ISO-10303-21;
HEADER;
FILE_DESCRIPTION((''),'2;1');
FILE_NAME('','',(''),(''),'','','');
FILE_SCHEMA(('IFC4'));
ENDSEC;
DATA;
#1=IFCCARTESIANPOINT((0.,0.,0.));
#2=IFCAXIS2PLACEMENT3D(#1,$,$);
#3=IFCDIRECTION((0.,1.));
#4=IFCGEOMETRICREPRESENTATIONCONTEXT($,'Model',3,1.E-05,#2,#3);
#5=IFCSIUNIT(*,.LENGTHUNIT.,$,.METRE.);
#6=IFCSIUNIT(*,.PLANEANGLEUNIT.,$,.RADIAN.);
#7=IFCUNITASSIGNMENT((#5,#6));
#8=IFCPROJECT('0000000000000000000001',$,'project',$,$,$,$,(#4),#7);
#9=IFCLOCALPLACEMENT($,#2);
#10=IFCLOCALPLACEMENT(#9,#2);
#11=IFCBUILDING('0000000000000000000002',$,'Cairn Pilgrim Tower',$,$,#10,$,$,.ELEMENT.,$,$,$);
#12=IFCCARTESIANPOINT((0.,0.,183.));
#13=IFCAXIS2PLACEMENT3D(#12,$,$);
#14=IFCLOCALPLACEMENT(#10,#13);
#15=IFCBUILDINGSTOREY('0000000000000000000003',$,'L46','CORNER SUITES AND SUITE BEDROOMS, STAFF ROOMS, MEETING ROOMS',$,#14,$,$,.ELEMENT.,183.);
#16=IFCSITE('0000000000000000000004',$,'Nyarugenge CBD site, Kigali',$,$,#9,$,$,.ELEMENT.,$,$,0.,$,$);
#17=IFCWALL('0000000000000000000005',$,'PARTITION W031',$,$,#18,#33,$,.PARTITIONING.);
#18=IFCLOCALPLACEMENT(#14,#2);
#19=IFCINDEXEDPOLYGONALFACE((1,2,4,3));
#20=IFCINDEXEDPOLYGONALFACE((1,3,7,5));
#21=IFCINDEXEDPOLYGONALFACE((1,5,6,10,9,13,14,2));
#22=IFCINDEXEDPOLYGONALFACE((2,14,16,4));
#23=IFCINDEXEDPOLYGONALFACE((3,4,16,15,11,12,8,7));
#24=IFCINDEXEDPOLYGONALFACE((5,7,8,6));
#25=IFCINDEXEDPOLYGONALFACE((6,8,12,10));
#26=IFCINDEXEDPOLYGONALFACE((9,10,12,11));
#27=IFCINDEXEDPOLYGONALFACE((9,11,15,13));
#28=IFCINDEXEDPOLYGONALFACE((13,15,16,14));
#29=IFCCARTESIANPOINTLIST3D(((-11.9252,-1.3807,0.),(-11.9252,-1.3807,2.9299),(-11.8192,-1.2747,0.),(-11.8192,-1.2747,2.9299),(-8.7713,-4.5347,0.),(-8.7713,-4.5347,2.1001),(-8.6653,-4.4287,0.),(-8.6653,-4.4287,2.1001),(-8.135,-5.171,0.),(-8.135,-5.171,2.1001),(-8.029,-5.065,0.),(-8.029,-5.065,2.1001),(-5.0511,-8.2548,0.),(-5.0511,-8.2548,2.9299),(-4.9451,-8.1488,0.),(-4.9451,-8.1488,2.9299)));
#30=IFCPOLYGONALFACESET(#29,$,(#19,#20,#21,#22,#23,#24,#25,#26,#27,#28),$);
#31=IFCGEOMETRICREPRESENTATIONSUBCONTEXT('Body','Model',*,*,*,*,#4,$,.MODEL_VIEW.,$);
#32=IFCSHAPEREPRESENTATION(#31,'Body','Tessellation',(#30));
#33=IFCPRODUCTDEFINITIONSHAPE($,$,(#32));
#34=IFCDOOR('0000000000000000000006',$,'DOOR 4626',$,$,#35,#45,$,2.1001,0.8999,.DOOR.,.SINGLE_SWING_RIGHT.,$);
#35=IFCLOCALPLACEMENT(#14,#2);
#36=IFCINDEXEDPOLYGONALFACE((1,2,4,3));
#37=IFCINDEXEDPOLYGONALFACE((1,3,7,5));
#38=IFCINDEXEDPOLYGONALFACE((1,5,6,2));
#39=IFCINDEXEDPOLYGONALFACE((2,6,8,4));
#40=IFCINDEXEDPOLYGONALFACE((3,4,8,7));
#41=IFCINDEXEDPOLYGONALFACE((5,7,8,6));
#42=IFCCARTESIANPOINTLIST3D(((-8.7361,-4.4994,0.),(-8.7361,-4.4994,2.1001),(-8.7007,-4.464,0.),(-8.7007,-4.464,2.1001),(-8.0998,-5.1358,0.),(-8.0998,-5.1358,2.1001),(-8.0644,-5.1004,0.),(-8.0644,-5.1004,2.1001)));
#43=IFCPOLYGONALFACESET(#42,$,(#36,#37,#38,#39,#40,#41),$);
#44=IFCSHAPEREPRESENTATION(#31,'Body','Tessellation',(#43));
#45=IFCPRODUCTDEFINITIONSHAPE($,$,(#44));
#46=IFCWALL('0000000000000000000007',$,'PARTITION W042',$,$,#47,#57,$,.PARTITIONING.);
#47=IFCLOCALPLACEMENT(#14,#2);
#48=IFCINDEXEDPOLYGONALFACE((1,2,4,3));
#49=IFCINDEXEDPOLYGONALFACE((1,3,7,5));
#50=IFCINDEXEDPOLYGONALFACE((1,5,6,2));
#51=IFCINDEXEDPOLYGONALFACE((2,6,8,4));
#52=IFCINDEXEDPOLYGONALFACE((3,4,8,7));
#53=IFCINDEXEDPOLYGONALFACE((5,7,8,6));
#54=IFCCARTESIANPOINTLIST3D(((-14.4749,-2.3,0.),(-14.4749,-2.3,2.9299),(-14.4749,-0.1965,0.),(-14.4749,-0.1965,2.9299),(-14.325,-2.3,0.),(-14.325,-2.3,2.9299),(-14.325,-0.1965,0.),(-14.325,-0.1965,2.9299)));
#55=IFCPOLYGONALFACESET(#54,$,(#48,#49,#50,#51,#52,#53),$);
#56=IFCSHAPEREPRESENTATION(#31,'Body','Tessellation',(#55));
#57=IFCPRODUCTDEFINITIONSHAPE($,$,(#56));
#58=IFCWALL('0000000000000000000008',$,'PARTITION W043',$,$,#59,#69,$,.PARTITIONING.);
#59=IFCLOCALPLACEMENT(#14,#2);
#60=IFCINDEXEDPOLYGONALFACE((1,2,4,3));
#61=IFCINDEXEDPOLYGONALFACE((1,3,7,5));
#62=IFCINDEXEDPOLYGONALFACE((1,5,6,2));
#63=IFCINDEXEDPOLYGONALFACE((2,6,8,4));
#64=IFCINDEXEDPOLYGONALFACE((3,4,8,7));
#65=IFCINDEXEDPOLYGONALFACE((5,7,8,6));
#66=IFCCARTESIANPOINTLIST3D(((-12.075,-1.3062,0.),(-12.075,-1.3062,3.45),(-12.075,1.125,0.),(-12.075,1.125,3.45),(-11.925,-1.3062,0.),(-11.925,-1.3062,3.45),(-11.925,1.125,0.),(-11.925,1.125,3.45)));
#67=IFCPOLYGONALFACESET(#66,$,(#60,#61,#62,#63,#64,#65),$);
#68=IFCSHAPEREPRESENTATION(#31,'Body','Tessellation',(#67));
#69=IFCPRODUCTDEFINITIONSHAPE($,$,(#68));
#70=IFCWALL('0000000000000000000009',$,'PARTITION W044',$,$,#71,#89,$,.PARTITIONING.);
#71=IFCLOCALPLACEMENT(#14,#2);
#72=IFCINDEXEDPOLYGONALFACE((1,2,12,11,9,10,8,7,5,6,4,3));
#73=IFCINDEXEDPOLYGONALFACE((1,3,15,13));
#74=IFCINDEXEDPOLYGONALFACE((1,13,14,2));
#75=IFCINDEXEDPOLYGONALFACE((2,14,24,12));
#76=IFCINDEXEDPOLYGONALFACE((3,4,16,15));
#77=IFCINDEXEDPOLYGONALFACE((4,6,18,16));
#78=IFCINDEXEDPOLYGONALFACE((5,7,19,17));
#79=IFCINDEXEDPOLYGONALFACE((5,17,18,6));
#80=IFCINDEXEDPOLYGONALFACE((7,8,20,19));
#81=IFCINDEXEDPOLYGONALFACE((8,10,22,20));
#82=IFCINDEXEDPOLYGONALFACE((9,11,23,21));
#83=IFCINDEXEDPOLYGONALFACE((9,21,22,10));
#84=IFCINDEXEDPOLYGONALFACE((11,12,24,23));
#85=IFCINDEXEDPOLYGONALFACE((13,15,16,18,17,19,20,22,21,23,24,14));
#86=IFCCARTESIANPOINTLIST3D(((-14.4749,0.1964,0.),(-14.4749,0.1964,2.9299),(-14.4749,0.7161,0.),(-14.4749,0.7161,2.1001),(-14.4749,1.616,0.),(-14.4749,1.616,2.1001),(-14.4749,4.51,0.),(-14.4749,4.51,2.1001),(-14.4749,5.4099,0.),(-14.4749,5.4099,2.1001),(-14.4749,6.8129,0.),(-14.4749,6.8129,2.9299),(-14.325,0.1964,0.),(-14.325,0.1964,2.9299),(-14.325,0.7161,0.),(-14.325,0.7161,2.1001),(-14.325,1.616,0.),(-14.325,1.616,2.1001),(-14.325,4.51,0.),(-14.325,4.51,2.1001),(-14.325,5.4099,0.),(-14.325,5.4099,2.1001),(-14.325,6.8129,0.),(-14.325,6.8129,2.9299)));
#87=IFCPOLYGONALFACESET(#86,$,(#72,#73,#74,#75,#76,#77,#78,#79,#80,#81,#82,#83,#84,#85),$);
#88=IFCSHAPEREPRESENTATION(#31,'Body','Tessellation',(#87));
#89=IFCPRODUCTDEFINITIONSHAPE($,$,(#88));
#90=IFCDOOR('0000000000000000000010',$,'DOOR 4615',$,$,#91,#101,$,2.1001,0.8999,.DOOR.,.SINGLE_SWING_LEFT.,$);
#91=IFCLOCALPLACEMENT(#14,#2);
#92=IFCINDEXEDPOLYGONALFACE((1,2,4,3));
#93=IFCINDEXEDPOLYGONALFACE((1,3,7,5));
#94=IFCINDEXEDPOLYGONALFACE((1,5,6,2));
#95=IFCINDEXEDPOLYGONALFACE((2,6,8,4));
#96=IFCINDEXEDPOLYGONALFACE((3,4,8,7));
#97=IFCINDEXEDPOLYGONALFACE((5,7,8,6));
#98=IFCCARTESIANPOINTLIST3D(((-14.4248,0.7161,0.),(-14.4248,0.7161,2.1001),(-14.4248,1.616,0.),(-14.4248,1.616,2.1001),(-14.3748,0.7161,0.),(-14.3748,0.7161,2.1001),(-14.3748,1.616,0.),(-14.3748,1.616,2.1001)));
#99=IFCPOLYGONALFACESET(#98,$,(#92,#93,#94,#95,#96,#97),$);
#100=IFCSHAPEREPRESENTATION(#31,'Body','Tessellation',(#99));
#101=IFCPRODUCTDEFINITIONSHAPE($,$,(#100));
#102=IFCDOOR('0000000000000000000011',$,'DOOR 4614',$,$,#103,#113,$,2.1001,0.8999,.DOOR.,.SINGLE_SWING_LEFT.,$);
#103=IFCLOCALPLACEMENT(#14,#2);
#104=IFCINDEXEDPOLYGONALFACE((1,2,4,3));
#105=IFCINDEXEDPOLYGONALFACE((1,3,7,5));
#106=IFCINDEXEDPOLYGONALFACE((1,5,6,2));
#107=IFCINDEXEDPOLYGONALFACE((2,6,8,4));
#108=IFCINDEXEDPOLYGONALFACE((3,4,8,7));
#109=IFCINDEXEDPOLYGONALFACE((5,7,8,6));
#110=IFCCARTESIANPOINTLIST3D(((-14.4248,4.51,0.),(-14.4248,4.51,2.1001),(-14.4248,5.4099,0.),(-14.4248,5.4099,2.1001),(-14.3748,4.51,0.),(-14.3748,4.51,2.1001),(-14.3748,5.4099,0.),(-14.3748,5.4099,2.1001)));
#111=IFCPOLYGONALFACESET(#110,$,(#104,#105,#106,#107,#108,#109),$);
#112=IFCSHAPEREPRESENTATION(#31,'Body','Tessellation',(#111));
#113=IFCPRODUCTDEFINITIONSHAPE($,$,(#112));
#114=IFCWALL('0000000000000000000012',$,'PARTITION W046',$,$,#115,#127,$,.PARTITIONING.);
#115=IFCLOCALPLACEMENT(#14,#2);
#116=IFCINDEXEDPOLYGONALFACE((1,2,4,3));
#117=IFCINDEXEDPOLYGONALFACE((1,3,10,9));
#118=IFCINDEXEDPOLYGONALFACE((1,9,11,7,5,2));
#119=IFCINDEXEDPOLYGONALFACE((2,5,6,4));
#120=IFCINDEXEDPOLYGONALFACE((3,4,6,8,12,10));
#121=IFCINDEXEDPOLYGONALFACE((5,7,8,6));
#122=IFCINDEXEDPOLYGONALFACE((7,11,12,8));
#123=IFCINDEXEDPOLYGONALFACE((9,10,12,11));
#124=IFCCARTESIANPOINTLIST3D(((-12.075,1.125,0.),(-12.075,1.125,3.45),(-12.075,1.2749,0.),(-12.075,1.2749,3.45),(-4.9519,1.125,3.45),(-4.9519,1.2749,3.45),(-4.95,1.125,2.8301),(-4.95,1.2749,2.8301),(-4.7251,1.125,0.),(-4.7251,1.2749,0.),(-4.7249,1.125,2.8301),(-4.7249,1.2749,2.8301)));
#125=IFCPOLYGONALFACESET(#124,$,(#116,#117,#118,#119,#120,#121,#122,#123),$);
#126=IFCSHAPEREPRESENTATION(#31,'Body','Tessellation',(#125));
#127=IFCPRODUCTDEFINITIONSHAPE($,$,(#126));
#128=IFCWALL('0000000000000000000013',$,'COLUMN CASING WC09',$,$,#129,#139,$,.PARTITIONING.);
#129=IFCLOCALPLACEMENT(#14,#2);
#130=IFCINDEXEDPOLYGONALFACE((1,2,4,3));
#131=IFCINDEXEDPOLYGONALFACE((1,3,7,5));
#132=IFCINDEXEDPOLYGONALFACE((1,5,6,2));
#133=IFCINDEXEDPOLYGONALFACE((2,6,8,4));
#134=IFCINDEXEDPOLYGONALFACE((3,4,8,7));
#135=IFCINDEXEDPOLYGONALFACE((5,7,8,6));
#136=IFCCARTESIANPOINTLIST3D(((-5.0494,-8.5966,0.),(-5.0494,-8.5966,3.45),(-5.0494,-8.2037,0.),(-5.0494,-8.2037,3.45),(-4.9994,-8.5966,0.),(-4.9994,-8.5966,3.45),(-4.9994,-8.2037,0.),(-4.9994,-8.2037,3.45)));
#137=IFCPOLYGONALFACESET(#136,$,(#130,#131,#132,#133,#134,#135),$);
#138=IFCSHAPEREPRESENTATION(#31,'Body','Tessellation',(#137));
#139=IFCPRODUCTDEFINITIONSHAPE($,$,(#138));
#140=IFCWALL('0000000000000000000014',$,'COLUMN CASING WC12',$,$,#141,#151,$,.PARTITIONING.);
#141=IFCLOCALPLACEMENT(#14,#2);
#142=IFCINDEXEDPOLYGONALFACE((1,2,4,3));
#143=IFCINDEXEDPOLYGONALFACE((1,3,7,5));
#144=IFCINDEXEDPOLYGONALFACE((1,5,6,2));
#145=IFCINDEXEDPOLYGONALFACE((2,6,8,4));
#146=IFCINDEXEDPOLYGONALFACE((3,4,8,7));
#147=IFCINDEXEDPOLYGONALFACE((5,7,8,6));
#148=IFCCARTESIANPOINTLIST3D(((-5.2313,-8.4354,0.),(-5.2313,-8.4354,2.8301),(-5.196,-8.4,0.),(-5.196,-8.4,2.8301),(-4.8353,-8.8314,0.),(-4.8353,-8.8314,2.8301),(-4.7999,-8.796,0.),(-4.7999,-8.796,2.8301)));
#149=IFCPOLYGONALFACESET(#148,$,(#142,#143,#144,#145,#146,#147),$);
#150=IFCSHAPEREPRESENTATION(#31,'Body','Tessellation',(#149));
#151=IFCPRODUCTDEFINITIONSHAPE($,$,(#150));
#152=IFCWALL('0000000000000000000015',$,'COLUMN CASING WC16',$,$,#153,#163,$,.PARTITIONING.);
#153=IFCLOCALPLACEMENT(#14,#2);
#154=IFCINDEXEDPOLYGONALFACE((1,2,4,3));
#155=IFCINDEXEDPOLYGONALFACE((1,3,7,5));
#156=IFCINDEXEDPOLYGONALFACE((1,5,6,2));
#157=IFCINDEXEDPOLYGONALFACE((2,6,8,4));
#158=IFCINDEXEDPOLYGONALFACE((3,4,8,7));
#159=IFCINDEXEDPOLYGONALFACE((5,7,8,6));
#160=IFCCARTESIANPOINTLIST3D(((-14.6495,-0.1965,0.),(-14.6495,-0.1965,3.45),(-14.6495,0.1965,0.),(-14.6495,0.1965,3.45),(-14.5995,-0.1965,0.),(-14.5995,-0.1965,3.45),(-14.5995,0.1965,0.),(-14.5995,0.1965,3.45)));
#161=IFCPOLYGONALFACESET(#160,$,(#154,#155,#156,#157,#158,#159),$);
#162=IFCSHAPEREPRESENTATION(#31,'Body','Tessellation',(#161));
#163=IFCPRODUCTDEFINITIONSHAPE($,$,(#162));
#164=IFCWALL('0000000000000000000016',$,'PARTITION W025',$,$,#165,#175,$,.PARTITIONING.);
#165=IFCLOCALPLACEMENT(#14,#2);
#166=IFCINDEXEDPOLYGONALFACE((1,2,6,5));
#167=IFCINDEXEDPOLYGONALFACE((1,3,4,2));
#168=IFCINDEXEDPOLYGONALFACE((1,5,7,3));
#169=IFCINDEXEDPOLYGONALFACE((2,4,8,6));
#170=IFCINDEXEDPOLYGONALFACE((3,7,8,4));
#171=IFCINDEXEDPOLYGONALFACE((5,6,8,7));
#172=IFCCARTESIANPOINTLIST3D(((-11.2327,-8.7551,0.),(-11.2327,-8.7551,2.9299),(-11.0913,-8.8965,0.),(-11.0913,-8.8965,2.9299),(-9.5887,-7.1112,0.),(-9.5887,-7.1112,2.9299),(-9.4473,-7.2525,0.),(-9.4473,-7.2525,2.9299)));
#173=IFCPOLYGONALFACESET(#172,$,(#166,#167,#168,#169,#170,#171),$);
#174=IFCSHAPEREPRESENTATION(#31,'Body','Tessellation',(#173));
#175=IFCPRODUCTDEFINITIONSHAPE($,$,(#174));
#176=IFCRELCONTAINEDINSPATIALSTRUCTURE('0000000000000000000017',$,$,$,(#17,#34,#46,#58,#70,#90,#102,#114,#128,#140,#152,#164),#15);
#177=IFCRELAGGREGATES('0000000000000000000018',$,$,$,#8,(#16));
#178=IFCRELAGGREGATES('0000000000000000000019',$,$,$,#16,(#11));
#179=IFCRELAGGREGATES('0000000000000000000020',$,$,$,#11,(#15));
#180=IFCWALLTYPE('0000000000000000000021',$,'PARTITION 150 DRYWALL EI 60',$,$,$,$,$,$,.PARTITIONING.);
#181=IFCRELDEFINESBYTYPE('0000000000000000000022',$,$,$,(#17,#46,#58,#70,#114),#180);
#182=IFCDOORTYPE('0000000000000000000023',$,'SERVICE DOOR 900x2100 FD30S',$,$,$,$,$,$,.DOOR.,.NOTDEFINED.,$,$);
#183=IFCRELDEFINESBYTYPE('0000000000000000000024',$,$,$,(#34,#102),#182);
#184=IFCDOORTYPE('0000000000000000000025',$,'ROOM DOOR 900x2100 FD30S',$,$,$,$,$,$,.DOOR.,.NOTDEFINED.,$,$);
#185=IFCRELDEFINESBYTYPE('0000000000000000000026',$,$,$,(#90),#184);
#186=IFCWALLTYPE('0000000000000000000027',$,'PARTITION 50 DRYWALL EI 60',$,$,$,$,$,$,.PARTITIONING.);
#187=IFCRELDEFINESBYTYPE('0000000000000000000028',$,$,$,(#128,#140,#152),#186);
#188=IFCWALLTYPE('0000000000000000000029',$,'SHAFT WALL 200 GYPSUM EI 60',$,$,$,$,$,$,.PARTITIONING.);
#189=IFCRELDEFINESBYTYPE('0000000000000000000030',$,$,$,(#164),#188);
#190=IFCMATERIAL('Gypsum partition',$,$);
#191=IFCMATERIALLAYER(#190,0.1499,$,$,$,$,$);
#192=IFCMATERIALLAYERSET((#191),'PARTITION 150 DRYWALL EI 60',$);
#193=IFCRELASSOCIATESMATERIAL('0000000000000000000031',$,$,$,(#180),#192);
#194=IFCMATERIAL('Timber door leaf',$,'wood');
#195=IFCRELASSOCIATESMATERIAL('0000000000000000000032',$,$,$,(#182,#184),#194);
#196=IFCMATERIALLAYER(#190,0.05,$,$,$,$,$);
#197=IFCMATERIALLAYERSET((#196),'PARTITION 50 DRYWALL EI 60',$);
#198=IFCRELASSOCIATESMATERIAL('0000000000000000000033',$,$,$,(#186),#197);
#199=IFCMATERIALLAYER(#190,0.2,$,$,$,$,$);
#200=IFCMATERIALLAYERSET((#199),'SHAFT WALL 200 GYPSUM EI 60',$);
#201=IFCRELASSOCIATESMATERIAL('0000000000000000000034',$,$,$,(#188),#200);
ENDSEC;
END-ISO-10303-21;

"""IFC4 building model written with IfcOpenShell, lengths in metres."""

from ifc_helpers import new_model, si_unit, direction, frame, frame_2d, origin, place, context, subcontext, project, spatial, polyline, rectangle, outline, extrude, material, layer, layer_set, type_object, element, fill, save


model = new_model("IFC4")

# Units and contexts
model_context = context("Model", 3, precision=1e-05, world=origin(), true_north=direction((0.0, 1.0)))
body_context = subcontext(model_context, "Body", "Model", "MODEL_VIEW")
ifc_project = project(units=[si_unit("LENGTHUNIT", "METRE"), si_unit("PLANEANGLEUNIT", "RADIAN")], contexts=[model_context])

# Site, building, storey
site_placement = place(None, origin())
site = spatial("IfcSite", under=ifc_project, at=site_placement, Name="Nyarugenge CBD site, Kigali", CompositionType="ELEMENT", RefElevation=0.0)
building_placement = place(site_placement, origin())
building = spatial("IfcBuilding", under=site, at=building_placement, Name="Cairn Pilgrim Tower", CompositionType="ELEMENT")
storey_placement = place(building_placement, frame((0.0, 0.0, 183.0)))
storey = spatial("IfcBuildingStorey", under=building, at=storey_placement, Name="L46", Description="CORNER SUITES AND SUITE BEDROOMS, STAFF ROOMS, MEETING ROOMS", CompositionType="ELEMENT", Elevation=183.0)

# Shared definitions
ifc_material_1 = material(Name="Gypsum partition")

# Wall, opening, door
ifc_material_2 = material(Name="Timber door leaf", Category="wood")
ifc_layer_1 = layer(ifc_material_1, 0.1499)
ifc_layer_set_1 = layer_set([ifc_layer_1], Name="PARTITION 150 DRYWALL EI 60")
wall_type_1 = type_object("IfcWallType", Name="PARTITION 150 DRYWALL EI 60", PredefinedType="PARTITIONING", material=ifc_layer_set_1)
wall_1_placement = place(storey_placement, frame((-4.998, -8.2019, 0.0), z_axis=(0.0, 0.0, 1.0), x_axis=(-0.707107, 0.707107, 0.0)))
wall_1 = element("IfcWall", 1, at=wall_1_placement, inside=storey, type_object=wall_type_1, Name="PARTITION W031", PredefinedType="PARTITIONING", context=body_context, shape_type="SweptSolid", body=[
    extrude(rectangle(XDim=9.7214, YDim=0.1499, at=frame_2d((4.8608, 0.0))), origin(), (0.0, 0.0, 1.0), 2.9299),
])
opening_1_placement = place(wall_1_placement, frame((4.3613, 0.0, 0.0)))
opening_1 = element("IfcOpeningElement", 2, at=opening_1_placement, cuts=wall_1, PredefinedType="OPENING", context=body_context, shape_type="SweptSolid", body=[
    extrude(rectangle(XDim=0.8999, YDim=2.1001, at=frame_2d((0.45, 1.05))), frame((0.0, 0.085, 0.0), z_axis=(0.0, -1.0, 0.0), x_axis=(1.0, 0.0, 0.0)), (0.0, 0.0, 1.0), 0.1699),
])
door_type_1 = type_object("IfcDoorType", Name="SERVICE DOOR 900x2100 FD30S", OperationType="NOTDEFINED", PredefinedType="DOOR", material=ifc_material_2)
door_1_placement = place(opening_1_placement, frame((0.8999, 0.0, 0.0), z_axis=(0.0, 0.0, 1.0), x_axis=(-1.0, 0.0, 0.0)))
door_1 = element("IfcDoor", 3, at=door_1_placement, inside=storey, type_object=door_type_1, Name="DOOR 4626", OperationType="SINGLE_SWING_RIGHT", OverallHeight=2.1001, OverallWidth=0.8999, PredefinedType="DOOR", context=body_context, shape_type="SweptSolid", body=[
    extrude(rectangle(XDim=0.8999, YDim=2.1001, at=frame_2d((0.45, 1.05))), frame((0.0, 0.0249, 0.0), z_axis=(0.0, -1.0, 0.0), x_axis=(1.0, 0.0, 0.0)), (0.0, 0.0, 1.0), 0.05),
])
fill(opening_1, door_1)

# Walls
wall_2_placement = place(storey_placement, frame((-14.3999, -2.3, 0.0), z_axis=(0.0, 0.0, 1.0), x_axis=(0.0, 1.0, 0.0)))
element("IfcWall", 4, at=wall_2_placement, inside=storey, type_object=wall_type_1, Name="PARTITION W042", PredefinedType="PARTITIONING", context=body_context, shape_type="SweptSolid", body=[
    extrude(rectangle(XDim=2.1035, YDim=0.1499, at=frame_2d((1.0518, 0.0))), origin(), (0.0, 0.0, 1.0), 2.9299),
])
wall_3_placement = place(storey_placement, frame((-12.0, -1.3062, 0.0), z_axis=(0.0, 0.0, 1.0), x_axis=(0.0, 1.0, 0.0)))
element("IfcWall", 5, at=wall_3_placement, inside=storey, type_object=wall_type_1, Name="PARTITION W043", PredefinedType="PARTITIONING", context=body_context, shape_type="SweptSolid", body=[
    extrude(rectangle(XDim=2.4312, YDim=0.1499, at=frame_2d((1.2156, 0.0))), origin(), (0.0, 0.0, 1.0), 3.45),
])

# Wall, openings, doors
wall_4_placement = place(storey_placement, frame((-14.3999, 0.1965, 0.0), z_axis=(0.0, 0.0, 1.0), x_axis=(0.0, 1.0, 0.0)))
wall_4 = element("IfcWall", 6, at=wall_4_placement, inside=storey, type_object=wall_type_1, Name="PARTITION W044", PredefinedType="PARTITIONING", context=body_context, shape_type="SweptSolid", body=[
    extrude(rectangle(XDim=6.6165, YDim=0.1499, at=frame_2d((3.3081, 0.0))), origin(), (0.0, 0.0, 1.0), 2.9299),
])
opening_2_placement = place(wall_4_placement, frame((4.3135, 0.0, 0.0)))
opening_2 = element("IfcOpeningElement", 7, at=opening_2_placement, cuts=wall_4, PredefinedType="OPENING", context=body_context, shape_type="SweptSolid", body=[
    extrude(rectangle(XDim=0.8999, YDim=2.1001, at=frame_2d((0.45, 1.05))), frame((0.0, 0.085, 0.0), z_axis=(0.0, -1.0, 0.0), x_axis=(1.0, 0.0, 0.0)), (0.0, 0.0, 1.0), 0.1699),
])
opening_3_placement = place(wall_4_placement, frame((0.5195, 0.0, 0.0)))
opening_3 = element("IfcOpeningElement", 8, at=opening_3_placement, cuts=wall_4, PredefinedType="OPENING", context=body_context, shape_type="SweptSolid", body=[
    extrude(rectangle(XDim=0.8999, YDim=2.1001, at=frame_2d((0.45, 1.05))), frame((0.0, 0.085, 0.0), z_axis=(0.0, -1.0, 0.0), x_axis=(1.0, 0.0, 0.0)), (0.0, 0.0, 1.0), 0.1699),
])
door_type_2 = type_object("IfcDoorType", Name="ROOM DOOR 900x2100 FD30S", OperationType="NOTDEFINED", PredefinedType="DOOR", material=ifc_material_2)
door_2_placement = place(opening_3_placement, origin())
door_2 = element("IfcDoor", 9, at=door_2_placement, inside=storey, type_object=door_type_2, Name="DOOR 4615", OperationType="SINGLE_SWING_LEFT", OverallHeight=2.1001, OverallWidth=0.8999, PredefinedType="DOOR", context=body_context, shape_type="SweptSolid", body=[
    extrude(rectangle(XDim=0.8999, YDim=2.1001, at=frame_2d((0.45, 1.05))), frame((0.0, 0.0249, 0.0), z_axis=(0.0, -1.0, 0.0), x_axis=(1.0, 0.0, 0.0)), (0.0, 0.0, 1.0), 0.05),
])
fill(opening_3, door_2)
door_3_placement = place(opening_2_placement, origin())
door_3 = element("IfcDoor", 10, at=door_3_placement, inside=storey, type_object=door_type_1, Name="DOOR 4614", OperationType="SINGLE_SWING_LEFT", OverallHeight=2.1001, OverallWidth=0.8999, PredefinedType="DOOR", context=body_context, shape_type="SweptSolid", body=[
    extrude(rectangle(XDim=0.8999, YDim=2.1001, at=frame_2d((0.45, 1.05))), frame((0.0, 0.0249, 0.0), z_axis=(0.0, -1.0, 0.0), x_axis=(1.0, 0.0, 0.0)), (0.0, 0.0, 1.0), 0.05),
])
fill(opening_2, door_3)

# Walls
wall_5_placement = place(storey_placement, frame((-12.075, 1.2, 0.0), z_axis=(0.0, 0.0, 1.0), x_axis=(1.0, 0.0, 0.0)))
element("IfcWall", 11, at=wall_5_placement, inside=storey, type_object=wall_type_1, Name="PARTITION W046", PredefinedType="PARTITIONING", context=body_context, shape_type="SweptSolid", body=[
    extrude(outline(polyline([(0.0, 0.0), (7.3499, 0.0), (7.3501, 2.8301), (7.125, 2.8301), (7.123, 3.45), (0.0, 3.45), (0.0, 0.0)])), frame((0.0, 0.075, 0.0), z_axis=(0.0, -1.0, 0.0), x_axis=(1.0, 0.0, 0.0)), (0.0, 0.0, 1.0), 0.1499),
])
ifc_layer_2 = layer(ifc_material_1, 0.05)
ifc_layer_set_2 = layer_set([ifc_layer_2], Name="PARTITION 50 DRYWALL EI 60")
wall_type_2 = type_object("IfcWallType", Name="PARTITION 50 DRYWALL EI 60", PredefinedType="PARTITIONING", material=ifc_layer_set_2)
wall_6_placement = place(storey_placement, frame((-5.0244, -8.5964, 0.0), z_axis=(0.0, 0.0, 1.0), x_axis=(0.0, 1.0, 0.0)))
element("IfcWall", 12, at=wall_6_placement, inside=storey, type_object=wall_type_2, Name="COLUMN CASING WC09", PredefinedType="PARTITIONING", context=body_context, shape_type="SweptSolid", body=[
    extrude(rectangle(XDim=0.3928, YDim=0.05, at=frame_2d((0.1963, 0.0))), origin(), (0.0, 0.0, 1.0), 3.45),
])
wall_7_placement = place(storey_placement, frame((-4.8176, -8.8137, 0.0), z_axis=(0.0, 0.0, 1.0), x_axis=(-0.707107, 0.707107, 0.0)))
element("IfcWall", 13, at=wall_7_placement, inside=storey, type_object=wall_type_2, Name="COLUMN CASING WC12", PredefinedType="PARTITIONING", context=body_context, shape_type="SweptSolid", body=[
    extrude(rectangle(XDim=0.5601, YDim=0.05, at=frame_2d((0.28, 0.0))), origin(), (0.0, 0.0, 1.0), 2.8301),
])
wall_8_placement = place(storey_placement, frame((-14.6245, -0.1965, 0.0), z_axis=(0.0, 0.0, 1.0), x_axis=(0.0, 1.0, 0.0)))
element("IfcWall", 14, at=wall_8_placement, inside=storey, type_object=wall_type_2, Name="COLUMN CASING WC16", PredefinedType="PARTITIONING", context=body_context, shape_type="SweptSolid", body=[
    extrude(rectangle(XDim=0.3931, YDim=0.05, at=frame_2d((0.1965, 0.0))), origin(), (0.0, 0.0, 1.0), 3.45),
])
ifc_layer_3 = layer(ifc_material_1, 0.2)
ifc_layer_set_3 = layer_set([ifc_layer_3], Name="SHAFT WALL 200 GYPSUM EI 60")
wall_type_3 = type_object("IfcWallType", Name="SHAFT WALL 200 GYPSUM EI 60", PredefinedType="PARTITIONING", material=ifc_layer_set_3)
wall_9_placement = place(storey_placement, frame((-11.1621, -8.8259, 0.0), z_axis=(0.0, 0.0, 1.0), x_axis=(0.707107, 0.707107, 0.0)))
element("IfcWall", 15, at=wall_9_placement, inside=storey, type_object=wall_type_3, Name="PARTITION W025", PredefinedType="PARTITIONING", context=body_context, shape_type="SweptSolid", body=[
    extrude(rectangle(XDim=2.325, YDim=0.2, at=frame_2d((1.1626, 0.0))), origin(), (0.0, 0.0, 1.0), 2.9299),
])

save(model, "model.ifc")
